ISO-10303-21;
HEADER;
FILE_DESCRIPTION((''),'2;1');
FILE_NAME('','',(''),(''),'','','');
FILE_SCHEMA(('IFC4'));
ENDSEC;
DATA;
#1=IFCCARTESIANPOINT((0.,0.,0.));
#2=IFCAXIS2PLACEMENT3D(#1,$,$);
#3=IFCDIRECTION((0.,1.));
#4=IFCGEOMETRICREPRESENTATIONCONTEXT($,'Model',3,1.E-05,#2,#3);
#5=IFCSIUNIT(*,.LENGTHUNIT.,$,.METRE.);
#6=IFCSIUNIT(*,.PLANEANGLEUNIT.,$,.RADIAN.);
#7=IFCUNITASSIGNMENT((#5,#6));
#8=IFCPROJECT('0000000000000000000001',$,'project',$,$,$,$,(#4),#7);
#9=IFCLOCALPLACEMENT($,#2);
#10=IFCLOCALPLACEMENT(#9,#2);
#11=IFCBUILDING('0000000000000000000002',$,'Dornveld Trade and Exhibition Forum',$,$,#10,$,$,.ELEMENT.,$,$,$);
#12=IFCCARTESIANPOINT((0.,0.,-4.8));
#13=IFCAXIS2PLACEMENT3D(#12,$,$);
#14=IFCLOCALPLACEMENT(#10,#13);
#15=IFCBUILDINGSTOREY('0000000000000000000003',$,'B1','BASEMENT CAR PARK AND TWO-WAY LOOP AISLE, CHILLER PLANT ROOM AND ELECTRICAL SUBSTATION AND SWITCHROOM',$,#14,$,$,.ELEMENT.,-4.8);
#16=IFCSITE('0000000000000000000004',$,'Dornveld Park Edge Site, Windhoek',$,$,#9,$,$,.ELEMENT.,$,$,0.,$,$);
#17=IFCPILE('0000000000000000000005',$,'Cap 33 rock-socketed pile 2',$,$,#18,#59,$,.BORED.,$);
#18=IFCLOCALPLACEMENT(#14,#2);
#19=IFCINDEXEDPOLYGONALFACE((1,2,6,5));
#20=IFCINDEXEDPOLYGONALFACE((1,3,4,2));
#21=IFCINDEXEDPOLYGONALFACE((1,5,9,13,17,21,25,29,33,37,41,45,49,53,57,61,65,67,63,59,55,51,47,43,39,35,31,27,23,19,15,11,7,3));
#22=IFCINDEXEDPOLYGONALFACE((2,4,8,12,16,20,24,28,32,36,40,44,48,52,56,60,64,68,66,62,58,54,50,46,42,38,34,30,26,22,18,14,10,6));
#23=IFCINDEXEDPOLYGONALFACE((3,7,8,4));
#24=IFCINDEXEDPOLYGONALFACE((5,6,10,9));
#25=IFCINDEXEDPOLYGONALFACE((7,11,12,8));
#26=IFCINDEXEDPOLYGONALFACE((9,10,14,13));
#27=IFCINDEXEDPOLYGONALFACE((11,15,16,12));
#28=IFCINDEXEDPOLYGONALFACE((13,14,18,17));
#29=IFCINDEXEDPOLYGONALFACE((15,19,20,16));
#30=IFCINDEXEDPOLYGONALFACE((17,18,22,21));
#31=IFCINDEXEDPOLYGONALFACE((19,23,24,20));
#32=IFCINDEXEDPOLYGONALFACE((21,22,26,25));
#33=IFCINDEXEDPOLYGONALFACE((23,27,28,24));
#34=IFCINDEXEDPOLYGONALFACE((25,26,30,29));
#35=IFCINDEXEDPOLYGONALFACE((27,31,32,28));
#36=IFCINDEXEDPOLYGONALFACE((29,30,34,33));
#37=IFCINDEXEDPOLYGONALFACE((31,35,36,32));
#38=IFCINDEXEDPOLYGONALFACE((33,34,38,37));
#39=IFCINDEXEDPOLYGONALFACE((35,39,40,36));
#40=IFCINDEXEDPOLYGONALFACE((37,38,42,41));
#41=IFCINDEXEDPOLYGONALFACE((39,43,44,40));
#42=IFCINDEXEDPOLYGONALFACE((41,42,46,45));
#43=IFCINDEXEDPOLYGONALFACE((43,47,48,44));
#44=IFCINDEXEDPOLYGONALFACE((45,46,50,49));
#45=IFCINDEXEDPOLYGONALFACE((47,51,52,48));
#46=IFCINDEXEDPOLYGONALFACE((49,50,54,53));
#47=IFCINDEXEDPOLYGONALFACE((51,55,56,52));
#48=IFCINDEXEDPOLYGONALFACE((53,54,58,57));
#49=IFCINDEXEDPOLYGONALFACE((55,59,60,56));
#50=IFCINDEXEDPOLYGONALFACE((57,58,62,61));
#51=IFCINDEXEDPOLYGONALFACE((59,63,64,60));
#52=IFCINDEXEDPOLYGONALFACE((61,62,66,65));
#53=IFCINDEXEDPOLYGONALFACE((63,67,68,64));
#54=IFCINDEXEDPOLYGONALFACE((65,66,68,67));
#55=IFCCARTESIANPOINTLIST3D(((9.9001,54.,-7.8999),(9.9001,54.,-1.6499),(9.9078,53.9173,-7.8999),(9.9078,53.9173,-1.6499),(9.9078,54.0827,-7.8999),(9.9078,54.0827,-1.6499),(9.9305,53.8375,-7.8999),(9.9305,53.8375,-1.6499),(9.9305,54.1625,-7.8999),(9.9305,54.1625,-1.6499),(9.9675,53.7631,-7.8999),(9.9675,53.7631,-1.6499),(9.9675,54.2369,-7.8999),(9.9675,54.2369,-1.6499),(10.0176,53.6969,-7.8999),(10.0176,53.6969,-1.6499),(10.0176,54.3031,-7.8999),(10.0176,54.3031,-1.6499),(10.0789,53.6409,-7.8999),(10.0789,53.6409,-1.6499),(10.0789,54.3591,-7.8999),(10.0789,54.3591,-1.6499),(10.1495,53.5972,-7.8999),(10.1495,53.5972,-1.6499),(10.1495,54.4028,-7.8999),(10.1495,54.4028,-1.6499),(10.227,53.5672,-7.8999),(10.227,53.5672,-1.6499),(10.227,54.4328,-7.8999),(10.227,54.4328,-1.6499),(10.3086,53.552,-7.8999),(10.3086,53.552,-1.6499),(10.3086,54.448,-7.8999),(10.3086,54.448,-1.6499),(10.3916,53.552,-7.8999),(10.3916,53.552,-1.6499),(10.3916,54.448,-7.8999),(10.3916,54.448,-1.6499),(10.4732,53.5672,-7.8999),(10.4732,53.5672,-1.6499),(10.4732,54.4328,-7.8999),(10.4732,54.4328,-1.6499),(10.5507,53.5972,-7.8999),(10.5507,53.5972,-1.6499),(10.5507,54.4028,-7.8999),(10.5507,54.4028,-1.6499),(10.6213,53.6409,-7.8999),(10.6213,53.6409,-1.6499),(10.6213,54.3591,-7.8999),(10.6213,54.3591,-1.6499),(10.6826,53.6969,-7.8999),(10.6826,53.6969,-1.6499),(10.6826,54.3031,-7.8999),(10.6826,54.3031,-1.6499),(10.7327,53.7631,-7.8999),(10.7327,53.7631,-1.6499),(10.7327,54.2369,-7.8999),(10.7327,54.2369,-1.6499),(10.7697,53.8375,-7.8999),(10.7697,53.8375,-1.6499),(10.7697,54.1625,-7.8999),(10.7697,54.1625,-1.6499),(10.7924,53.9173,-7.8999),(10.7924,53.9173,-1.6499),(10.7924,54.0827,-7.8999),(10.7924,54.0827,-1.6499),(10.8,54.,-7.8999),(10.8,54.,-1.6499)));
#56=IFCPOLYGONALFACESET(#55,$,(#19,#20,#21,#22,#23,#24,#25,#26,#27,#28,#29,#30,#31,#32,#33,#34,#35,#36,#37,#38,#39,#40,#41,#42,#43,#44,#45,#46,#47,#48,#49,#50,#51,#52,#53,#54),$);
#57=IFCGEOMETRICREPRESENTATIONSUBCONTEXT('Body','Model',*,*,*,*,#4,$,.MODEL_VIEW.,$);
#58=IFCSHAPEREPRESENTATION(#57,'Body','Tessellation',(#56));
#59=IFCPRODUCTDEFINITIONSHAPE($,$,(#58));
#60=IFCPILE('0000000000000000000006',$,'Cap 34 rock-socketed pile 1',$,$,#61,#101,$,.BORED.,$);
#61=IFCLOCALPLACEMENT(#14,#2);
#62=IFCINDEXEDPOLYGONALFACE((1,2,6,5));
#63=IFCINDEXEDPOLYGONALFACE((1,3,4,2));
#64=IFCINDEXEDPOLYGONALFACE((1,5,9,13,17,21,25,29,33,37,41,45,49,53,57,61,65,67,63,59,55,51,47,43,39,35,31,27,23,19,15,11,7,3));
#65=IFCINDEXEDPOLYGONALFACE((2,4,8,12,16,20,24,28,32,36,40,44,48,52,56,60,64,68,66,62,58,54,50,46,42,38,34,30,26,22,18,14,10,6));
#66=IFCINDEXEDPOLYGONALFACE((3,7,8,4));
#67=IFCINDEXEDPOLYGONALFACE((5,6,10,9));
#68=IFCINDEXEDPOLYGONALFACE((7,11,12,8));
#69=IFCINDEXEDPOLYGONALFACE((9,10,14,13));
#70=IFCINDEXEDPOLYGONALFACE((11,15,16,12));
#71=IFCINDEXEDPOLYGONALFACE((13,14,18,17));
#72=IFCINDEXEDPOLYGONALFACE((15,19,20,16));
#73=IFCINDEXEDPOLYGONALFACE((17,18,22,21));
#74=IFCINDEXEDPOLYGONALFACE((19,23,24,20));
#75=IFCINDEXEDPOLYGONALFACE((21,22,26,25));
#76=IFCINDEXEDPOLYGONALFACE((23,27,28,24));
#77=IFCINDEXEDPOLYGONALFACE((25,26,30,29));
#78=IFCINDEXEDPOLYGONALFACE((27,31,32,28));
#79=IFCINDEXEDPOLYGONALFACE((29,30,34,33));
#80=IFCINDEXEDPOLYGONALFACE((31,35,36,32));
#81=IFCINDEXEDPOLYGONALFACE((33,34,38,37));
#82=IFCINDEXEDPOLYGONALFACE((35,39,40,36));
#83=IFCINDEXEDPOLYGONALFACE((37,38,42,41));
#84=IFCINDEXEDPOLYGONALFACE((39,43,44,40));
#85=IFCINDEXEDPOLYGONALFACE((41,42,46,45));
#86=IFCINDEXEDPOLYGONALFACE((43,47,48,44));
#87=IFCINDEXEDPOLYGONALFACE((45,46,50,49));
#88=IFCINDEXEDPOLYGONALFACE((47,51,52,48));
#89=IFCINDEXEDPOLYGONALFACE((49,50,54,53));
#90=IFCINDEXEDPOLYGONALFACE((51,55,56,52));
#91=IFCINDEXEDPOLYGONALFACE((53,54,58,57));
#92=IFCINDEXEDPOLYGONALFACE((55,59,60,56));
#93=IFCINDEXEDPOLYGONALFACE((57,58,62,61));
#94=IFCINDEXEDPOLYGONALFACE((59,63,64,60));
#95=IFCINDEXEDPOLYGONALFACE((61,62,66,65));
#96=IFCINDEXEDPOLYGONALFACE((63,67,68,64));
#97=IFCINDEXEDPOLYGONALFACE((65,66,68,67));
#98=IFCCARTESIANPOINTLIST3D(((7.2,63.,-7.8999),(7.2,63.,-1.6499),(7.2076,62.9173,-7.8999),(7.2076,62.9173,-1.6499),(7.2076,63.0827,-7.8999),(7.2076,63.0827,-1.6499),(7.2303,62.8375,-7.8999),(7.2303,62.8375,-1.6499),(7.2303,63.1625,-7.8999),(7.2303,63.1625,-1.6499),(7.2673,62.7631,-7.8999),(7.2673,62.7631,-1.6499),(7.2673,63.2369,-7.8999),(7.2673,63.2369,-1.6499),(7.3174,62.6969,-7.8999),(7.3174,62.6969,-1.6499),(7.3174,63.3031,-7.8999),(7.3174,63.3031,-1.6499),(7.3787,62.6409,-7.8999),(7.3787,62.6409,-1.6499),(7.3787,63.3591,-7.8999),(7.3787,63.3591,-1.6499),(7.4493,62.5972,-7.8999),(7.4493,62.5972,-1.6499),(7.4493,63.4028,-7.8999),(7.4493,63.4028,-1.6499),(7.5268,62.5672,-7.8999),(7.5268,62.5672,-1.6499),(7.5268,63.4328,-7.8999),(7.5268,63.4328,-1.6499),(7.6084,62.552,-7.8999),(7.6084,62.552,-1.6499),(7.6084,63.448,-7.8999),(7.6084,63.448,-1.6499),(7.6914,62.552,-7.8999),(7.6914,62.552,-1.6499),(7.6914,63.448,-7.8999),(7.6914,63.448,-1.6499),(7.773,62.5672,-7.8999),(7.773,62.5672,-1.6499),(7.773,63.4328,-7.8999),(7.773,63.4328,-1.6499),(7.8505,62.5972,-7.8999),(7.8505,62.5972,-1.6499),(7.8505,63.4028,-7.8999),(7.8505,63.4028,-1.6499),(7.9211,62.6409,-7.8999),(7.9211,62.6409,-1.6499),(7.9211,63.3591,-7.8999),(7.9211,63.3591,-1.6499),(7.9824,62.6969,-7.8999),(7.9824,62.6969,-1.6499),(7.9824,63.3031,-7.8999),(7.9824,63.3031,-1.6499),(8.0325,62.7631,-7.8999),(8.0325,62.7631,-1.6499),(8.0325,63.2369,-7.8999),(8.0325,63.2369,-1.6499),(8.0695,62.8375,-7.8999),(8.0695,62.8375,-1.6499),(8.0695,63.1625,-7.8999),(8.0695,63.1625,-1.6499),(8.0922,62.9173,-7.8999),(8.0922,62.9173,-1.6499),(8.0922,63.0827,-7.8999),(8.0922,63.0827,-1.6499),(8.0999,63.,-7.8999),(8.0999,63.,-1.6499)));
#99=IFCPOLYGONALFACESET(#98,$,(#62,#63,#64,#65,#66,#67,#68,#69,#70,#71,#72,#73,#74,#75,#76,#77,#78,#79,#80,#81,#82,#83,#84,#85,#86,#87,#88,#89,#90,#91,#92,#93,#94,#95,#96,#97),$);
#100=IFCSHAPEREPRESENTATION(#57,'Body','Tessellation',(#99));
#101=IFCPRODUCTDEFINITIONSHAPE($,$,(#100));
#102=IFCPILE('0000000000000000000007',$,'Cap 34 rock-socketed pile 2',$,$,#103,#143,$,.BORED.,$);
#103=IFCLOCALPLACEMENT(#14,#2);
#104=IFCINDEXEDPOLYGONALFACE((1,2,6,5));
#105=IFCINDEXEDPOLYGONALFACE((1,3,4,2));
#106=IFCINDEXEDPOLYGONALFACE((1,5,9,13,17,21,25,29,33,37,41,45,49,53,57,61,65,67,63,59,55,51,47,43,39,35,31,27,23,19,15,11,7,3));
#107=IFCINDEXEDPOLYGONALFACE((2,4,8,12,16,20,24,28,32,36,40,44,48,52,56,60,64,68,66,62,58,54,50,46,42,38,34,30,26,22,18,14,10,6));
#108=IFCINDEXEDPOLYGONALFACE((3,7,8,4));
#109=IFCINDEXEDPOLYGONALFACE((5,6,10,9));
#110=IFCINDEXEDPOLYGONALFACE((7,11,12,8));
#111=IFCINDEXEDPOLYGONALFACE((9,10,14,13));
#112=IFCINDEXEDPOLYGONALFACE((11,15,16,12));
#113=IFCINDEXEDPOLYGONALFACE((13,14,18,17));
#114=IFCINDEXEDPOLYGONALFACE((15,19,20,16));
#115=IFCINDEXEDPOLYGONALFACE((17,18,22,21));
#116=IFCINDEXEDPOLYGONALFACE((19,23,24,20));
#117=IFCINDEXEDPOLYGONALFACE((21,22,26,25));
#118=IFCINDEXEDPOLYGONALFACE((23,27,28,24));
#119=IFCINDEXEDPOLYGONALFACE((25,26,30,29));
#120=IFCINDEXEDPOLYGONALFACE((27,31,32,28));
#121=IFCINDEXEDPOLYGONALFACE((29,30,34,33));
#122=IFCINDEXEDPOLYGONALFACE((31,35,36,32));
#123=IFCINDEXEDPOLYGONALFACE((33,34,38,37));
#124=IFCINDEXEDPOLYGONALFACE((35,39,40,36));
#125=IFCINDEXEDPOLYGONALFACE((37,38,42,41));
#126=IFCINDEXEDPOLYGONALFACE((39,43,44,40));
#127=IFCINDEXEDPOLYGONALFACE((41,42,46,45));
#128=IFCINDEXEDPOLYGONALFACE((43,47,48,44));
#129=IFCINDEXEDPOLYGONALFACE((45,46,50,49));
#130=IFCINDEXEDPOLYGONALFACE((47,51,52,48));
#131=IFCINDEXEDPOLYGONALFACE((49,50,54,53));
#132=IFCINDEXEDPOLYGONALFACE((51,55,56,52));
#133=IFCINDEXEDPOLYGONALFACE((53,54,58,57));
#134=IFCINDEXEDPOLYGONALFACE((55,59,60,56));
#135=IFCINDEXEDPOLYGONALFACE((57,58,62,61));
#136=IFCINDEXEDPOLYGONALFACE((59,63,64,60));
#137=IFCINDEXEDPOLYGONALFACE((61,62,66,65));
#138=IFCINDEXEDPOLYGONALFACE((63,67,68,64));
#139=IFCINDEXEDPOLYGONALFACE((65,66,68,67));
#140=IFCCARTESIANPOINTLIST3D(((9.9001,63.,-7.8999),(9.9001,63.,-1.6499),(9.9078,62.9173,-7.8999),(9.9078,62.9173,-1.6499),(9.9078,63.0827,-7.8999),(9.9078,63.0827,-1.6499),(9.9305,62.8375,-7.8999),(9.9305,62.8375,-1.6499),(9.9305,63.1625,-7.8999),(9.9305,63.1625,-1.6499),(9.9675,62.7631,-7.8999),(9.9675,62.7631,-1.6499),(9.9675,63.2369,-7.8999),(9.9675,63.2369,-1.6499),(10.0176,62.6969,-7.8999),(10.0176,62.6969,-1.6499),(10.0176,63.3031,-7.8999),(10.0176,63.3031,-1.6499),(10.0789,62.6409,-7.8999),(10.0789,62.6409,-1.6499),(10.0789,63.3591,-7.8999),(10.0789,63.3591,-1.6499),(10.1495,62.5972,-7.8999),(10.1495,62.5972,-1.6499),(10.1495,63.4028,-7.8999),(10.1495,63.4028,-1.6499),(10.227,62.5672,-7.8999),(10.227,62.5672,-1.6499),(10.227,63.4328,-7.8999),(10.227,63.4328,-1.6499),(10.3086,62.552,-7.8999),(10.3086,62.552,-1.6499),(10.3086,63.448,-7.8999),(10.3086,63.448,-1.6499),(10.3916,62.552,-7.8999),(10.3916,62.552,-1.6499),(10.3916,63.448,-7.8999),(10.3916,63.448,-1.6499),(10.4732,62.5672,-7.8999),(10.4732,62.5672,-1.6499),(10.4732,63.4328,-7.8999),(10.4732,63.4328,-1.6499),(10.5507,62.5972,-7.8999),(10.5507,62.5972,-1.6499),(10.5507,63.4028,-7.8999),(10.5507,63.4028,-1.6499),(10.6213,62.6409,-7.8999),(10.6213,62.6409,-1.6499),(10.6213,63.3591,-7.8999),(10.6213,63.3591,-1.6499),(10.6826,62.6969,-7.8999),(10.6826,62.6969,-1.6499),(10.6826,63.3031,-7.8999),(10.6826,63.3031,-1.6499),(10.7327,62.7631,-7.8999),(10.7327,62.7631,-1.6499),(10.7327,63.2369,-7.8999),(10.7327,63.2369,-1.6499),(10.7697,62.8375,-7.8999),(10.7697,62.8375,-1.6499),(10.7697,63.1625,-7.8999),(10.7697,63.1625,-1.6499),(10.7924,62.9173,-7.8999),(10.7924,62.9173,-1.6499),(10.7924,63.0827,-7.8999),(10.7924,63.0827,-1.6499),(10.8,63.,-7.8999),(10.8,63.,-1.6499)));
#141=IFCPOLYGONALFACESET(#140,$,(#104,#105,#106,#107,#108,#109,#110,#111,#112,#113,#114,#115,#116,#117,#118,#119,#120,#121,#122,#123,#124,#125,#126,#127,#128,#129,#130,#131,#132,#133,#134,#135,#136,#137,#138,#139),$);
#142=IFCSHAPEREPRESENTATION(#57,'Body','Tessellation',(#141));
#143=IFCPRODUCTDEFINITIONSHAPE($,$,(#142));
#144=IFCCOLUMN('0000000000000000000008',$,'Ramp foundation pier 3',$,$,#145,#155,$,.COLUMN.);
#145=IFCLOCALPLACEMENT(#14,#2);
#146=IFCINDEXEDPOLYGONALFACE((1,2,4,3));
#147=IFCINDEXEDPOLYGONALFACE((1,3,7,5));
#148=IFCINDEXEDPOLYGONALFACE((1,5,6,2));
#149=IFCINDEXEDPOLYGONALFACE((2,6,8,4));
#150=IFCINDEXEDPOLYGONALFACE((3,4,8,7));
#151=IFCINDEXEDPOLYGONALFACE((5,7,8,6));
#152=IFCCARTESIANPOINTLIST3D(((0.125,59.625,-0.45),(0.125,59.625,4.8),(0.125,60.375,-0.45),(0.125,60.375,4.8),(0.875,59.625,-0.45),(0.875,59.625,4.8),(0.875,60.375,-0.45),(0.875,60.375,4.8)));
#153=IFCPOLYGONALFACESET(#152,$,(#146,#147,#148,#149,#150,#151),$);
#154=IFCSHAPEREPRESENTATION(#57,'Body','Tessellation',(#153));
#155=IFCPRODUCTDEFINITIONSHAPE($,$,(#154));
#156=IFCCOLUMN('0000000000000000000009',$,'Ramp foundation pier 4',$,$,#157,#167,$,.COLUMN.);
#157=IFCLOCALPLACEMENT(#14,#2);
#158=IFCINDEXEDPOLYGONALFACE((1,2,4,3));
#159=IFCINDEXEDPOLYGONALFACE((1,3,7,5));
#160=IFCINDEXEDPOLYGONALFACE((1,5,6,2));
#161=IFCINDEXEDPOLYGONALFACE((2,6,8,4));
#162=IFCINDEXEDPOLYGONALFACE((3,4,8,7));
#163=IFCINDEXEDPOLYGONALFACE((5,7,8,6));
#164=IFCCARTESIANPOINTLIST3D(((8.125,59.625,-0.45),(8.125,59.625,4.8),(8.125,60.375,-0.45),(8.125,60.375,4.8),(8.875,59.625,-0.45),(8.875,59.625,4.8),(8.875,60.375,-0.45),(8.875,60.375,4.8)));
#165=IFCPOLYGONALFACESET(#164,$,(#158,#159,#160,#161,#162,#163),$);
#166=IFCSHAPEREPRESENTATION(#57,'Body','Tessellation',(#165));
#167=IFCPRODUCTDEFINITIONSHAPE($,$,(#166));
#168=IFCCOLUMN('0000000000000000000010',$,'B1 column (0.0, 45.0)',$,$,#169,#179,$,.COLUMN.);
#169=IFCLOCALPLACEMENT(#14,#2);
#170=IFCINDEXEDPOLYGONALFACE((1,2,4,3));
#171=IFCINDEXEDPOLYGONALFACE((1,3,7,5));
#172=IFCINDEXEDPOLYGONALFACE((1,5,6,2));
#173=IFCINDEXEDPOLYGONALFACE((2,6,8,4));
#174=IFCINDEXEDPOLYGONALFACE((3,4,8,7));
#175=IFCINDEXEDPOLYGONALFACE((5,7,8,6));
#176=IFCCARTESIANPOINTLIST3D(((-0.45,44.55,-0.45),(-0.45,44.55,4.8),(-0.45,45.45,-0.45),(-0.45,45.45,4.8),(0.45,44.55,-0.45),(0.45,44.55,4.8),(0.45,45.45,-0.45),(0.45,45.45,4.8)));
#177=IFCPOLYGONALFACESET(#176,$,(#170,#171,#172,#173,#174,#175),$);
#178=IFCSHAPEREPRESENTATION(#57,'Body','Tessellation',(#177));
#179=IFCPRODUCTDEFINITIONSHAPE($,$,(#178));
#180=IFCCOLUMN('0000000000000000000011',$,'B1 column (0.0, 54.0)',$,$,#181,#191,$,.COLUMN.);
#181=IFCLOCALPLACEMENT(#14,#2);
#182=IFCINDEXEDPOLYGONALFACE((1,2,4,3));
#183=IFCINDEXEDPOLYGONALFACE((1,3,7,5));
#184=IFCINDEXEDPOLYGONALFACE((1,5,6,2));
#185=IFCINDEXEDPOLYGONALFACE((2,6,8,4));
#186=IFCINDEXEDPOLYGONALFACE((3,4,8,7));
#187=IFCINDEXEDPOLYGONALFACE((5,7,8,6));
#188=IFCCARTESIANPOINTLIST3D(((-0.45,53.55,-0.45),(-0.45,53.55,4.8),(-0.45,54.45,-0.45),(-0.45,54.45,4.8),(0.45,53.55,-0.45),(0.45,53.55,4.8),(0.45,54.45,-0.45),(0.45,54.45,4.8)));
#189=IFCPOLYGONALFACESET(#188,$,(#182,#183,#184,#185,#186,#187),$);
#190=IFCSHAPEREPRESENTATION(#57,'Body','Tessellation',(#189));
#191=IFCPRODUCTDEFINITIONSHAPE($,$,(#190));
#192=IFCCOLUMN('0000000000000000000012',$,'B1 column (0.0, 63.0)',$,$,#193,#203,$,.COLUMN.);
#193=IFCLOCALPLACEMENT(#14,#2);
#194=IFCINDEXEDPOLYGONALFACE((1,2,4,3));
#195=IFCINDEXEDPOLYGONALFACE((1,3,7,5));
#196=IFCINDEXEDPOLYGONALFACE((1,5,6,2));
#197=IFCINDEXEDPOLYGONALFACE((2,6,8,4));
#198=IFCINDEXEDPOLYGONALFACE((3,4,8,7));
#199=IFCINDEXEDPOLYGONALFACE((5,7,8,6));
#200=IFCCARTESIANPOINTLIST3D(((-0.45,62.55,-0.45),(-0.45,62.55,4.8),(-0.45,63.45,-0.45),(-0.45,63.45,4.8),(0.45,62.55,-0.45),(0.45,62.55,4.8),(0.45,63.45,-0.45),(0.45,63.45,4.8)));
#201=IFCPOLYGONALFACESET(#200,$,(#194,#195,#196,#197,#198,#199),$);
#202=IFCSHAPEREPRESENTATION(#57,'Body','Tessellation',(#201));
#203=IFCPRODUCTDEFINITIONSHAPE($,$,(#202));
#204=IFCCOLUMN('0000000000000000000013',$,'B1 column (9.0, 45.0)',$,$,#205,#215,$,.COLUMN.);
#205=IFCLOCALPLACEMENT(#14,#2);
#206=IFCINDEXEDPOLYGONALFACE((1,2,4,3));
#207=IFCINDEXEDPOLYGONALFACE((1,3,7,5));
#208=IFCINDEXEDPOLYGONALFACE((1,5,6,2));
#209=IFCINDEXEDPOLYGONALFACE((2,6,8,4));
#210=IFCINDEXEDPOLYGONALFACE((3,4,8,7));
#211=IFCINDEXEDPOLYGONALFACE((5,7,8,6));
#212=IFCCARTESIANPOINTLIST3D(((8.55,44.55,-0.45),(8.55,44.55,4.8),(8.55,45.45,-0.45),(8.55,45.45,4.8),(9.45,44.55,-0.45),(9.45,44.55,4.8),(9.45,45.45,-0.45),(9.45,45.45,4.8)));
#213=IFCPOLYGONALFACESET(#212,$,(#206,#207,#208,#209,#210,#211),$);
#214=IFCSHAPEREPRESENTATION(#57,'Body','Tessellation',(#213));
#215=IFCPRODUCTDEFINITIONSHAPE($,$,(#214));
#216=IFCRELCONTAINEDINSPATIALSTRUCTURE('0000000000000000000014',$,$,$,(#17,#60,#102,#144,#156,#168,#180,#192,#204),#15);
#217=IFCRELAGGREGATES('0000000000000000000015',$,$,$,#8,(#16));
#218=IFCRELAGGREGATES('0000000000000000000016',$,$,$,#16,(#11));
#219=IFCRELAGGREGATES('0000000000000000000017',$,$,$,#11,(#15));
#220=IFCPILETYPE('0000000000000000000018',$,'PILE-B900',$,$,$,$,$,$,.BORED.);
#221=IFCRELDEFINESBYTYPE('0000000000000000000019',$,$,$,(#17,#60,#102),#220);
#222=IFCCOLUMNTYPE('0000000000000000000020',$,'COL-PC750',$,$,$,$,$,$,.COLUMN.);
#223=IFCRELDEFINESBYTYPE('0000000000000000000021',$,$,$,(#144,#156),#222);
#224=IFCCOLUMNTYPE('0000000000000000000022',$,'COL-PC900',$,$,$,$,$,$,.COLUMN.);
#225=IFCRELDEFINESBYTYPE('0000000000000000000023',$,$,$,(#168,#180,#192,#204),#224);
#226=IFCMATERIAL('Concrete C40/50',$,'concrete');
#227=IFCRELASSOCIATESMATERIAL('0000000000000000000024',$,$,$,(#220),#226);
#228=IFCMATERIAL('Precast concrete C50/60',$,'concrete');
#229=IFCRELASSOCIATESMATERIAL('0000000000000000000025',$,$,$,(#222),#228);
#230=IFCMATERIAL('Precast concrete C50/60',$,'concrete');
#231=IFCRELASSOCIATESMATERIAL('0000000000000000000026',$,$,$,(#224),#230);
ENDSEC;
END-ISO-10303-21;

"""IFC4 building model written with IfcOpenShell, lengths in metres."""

from ifc_helpers import new_model, si_unit, direction, frame, origin, origin_2d, place, context, subcontext, project, spatial, rectangle, circle, extrude, material, material_profile, profile_set, type_object, element, save


model = new_model("IFC4")

# Units and contexts
model_context = context("Model", 3, precision=1e-05, world=origin(), true_north=direction((0.0, 1.0)))
body_context = subcontext(model_context, "Body", "Model", "MODEL_VIEW")
ifc_project = project(units=[si_unit("LENGTHUNIT", "METRE"), si_unit("PLANEANGLEUNIT", "RADIAN")], contexts=[model_context])

# Site, building, storey
site_placement = place(None, origin())
site = spatial("IfcSite", under=ifc_project, at=site_placement, Name="Dornveld Park Edge Site, Windhoek", CompositionType="ELEMENT", RefElevation=0.0)
building_placement = place(site_placement, origin())
building = spatial("IfcBuilding", under=site, at=building_placement, Name="Dornveld Trade and Exhibition Forum", CompositionType="ELEMENT")
storey_placement = place(building_placement, frame((0.0, 0.0, -4.8)))
storey = spatial("IfcBuildingStorey", under=building, at=storey_placement, Name="B1", Description="BASEMENT CAR PARK AND TWO-WAY LOOP AISLE, CHILLER PLANT ROOM AND ELECTRICAL SUBSTATION AND SWITCHROOM", CompositionType="ELEMENT", Elevation=-4.8)

# Piles
ifc_material_1 = material(Name="Concrete C40/50", Category="concrete")
ifc_material_profile_1 = material_profile(ifc_material_1, circle(Radius=0.45, at=origin_2d()), Name="PILE D900")
ifc_profile_set_1 = profile_set([ifc_material_profile_1], Name="Concrete C40/50")
pile_type_1 = type_object("IfcPileType", Name="PILE-B900", PredefinedType="BORED", material=ifc_profile_set_1)
for number, where, z_axis, x_axis, name in (
    (1, (10.3501, 54.0, -1.6499), (0.0, 0.0, -1.0), (1.0, 0.0, 0.0), "Cap 33 rock-socketed pile 2"),
    (2, (7.6499, 63.0, -1.6499), (0.0, 0.0, -1.0), (1.0, 0.0, 0.0), "Cap 34 rock-socketed pile 1"),
    (3, (10.3501, 63.0, -1.6499), (0.0, 0.0, -1.0), (1.0, 0.0, 0.0), "Cap 34 rock-socketed pile 2"),
):
    element("IfcPile", number, at=place(storey_placement, frame(where, z_axis=z_axis, x_axis=x_axis)), inside=storey, type_object=pile_type_1, Name=name, PredefinedType="BORED", context=body_context, shape_type="SweptSolid", body=[
        extrude(circle(Radius=0.45, at=origin_2d()), origin(), (0.0, 0.0, 1.0), 6.25),
    ])

# Columns
ifc_material_2 = material(Name="Precast concrete C50/60", Category="concrete")
ifc_material_profile_2 = material_profile(ifc_material_2, rectangle(XDim=0.75, YDim=0.75, at=origin_2d()), Name="PC-COL 750x750")
ifc_profile_set_2 = profile_set([ifc_material_profile_2], Name="Precast concrete C50/60")
column_type_1 = type_object("IfcColumnType", Name="COL-PC750", PredefinedType="COLUMN", material=ifc_profile_set_2)
for number, where, z_axis, x_axis, name in (
    (4, (0.5, 60.0, -0.45), (0.0, 0.0, 1.0), (1.0, 0.0, 0.0), "Ramp foundation pier 3"),
    (5, (8.5, 60.0, -0.45), (0.0, 0.0, 1.0), (1.0, 0.0, 0.0), "Ramp foundation pier 4"),
):
    element("IfcColumn", number, at=place(storey_placement, frame(where, z_axis=z_axis, x_axis=x_axis)), inside=storey, type_object=column_type_1, Name=name, PredefinedType="COLUMN", context=body_context, shape_type="SweptSolid", body=[
        extrude(rectangle(XDim=0.75, YDim=0.75, at=origin_2d()), origin(), (0.0, 0.0, 1.0), 5.25),
    ])
ifc_material_3 = material(Name="Precast concrete C50/60", Category="concrete")
ifc_material_profile_3 = material_profile(ifc_material_3, rectangle(XDim=0.8999, YDim=0.8999, at=origin_2d()), Name="PC-COL 900x900")
ifc_profile_set_3 = profile_set([ifc_material_profile_3], Name="Precast concrete C50/60")
column_type_2 = type_object("IfcColumnType", Name="COL-PC900", PredefinedType="COLUMN", material=ifc_profile_set_3)
for number, where, z_axis, x_axis, name in (
    (6, (0.0, 45.0, -0.45), (0.0, 0.0, 1.0), (1.0, 0.0, 0.0), "B1 column (0.0, 45.0)"),
    (7, (0.0, 54.0, -0.45), (0.0, 0.0, 1.0), (1.0, 0.0, 0.0), "B1 column (0.0, 54.0)"),
    (8, (0.0, 63.0, -0.45), (0.0, 0.0, 1.0), (1.0, 0.0, 0.0), "B1 column (0.0, 63.0)"),
    (9, (9.0, 45.0, -0.45), (0.0, 0.0, 1.0), (1.0, 0.0, 0.0), "B1 column (9.0, 45.0)"),
):
    element("IfcColumn", number, at=place(storey_placement, frame(where, z_axis=z_axis, x_axis=x_axis)), inside=storey, type_object=column_type_2, Name=name, PredefinedType="COLUMN", context=body_context, shape_type="SweptSolid", body=[
        extrude(rectangle(XDim=0.8999, YDim=0.8999, at=origin_2d()), origin(), (0.0, 0.0, 1.0), 5.25),
    ])

save(model, "model.ifc")
